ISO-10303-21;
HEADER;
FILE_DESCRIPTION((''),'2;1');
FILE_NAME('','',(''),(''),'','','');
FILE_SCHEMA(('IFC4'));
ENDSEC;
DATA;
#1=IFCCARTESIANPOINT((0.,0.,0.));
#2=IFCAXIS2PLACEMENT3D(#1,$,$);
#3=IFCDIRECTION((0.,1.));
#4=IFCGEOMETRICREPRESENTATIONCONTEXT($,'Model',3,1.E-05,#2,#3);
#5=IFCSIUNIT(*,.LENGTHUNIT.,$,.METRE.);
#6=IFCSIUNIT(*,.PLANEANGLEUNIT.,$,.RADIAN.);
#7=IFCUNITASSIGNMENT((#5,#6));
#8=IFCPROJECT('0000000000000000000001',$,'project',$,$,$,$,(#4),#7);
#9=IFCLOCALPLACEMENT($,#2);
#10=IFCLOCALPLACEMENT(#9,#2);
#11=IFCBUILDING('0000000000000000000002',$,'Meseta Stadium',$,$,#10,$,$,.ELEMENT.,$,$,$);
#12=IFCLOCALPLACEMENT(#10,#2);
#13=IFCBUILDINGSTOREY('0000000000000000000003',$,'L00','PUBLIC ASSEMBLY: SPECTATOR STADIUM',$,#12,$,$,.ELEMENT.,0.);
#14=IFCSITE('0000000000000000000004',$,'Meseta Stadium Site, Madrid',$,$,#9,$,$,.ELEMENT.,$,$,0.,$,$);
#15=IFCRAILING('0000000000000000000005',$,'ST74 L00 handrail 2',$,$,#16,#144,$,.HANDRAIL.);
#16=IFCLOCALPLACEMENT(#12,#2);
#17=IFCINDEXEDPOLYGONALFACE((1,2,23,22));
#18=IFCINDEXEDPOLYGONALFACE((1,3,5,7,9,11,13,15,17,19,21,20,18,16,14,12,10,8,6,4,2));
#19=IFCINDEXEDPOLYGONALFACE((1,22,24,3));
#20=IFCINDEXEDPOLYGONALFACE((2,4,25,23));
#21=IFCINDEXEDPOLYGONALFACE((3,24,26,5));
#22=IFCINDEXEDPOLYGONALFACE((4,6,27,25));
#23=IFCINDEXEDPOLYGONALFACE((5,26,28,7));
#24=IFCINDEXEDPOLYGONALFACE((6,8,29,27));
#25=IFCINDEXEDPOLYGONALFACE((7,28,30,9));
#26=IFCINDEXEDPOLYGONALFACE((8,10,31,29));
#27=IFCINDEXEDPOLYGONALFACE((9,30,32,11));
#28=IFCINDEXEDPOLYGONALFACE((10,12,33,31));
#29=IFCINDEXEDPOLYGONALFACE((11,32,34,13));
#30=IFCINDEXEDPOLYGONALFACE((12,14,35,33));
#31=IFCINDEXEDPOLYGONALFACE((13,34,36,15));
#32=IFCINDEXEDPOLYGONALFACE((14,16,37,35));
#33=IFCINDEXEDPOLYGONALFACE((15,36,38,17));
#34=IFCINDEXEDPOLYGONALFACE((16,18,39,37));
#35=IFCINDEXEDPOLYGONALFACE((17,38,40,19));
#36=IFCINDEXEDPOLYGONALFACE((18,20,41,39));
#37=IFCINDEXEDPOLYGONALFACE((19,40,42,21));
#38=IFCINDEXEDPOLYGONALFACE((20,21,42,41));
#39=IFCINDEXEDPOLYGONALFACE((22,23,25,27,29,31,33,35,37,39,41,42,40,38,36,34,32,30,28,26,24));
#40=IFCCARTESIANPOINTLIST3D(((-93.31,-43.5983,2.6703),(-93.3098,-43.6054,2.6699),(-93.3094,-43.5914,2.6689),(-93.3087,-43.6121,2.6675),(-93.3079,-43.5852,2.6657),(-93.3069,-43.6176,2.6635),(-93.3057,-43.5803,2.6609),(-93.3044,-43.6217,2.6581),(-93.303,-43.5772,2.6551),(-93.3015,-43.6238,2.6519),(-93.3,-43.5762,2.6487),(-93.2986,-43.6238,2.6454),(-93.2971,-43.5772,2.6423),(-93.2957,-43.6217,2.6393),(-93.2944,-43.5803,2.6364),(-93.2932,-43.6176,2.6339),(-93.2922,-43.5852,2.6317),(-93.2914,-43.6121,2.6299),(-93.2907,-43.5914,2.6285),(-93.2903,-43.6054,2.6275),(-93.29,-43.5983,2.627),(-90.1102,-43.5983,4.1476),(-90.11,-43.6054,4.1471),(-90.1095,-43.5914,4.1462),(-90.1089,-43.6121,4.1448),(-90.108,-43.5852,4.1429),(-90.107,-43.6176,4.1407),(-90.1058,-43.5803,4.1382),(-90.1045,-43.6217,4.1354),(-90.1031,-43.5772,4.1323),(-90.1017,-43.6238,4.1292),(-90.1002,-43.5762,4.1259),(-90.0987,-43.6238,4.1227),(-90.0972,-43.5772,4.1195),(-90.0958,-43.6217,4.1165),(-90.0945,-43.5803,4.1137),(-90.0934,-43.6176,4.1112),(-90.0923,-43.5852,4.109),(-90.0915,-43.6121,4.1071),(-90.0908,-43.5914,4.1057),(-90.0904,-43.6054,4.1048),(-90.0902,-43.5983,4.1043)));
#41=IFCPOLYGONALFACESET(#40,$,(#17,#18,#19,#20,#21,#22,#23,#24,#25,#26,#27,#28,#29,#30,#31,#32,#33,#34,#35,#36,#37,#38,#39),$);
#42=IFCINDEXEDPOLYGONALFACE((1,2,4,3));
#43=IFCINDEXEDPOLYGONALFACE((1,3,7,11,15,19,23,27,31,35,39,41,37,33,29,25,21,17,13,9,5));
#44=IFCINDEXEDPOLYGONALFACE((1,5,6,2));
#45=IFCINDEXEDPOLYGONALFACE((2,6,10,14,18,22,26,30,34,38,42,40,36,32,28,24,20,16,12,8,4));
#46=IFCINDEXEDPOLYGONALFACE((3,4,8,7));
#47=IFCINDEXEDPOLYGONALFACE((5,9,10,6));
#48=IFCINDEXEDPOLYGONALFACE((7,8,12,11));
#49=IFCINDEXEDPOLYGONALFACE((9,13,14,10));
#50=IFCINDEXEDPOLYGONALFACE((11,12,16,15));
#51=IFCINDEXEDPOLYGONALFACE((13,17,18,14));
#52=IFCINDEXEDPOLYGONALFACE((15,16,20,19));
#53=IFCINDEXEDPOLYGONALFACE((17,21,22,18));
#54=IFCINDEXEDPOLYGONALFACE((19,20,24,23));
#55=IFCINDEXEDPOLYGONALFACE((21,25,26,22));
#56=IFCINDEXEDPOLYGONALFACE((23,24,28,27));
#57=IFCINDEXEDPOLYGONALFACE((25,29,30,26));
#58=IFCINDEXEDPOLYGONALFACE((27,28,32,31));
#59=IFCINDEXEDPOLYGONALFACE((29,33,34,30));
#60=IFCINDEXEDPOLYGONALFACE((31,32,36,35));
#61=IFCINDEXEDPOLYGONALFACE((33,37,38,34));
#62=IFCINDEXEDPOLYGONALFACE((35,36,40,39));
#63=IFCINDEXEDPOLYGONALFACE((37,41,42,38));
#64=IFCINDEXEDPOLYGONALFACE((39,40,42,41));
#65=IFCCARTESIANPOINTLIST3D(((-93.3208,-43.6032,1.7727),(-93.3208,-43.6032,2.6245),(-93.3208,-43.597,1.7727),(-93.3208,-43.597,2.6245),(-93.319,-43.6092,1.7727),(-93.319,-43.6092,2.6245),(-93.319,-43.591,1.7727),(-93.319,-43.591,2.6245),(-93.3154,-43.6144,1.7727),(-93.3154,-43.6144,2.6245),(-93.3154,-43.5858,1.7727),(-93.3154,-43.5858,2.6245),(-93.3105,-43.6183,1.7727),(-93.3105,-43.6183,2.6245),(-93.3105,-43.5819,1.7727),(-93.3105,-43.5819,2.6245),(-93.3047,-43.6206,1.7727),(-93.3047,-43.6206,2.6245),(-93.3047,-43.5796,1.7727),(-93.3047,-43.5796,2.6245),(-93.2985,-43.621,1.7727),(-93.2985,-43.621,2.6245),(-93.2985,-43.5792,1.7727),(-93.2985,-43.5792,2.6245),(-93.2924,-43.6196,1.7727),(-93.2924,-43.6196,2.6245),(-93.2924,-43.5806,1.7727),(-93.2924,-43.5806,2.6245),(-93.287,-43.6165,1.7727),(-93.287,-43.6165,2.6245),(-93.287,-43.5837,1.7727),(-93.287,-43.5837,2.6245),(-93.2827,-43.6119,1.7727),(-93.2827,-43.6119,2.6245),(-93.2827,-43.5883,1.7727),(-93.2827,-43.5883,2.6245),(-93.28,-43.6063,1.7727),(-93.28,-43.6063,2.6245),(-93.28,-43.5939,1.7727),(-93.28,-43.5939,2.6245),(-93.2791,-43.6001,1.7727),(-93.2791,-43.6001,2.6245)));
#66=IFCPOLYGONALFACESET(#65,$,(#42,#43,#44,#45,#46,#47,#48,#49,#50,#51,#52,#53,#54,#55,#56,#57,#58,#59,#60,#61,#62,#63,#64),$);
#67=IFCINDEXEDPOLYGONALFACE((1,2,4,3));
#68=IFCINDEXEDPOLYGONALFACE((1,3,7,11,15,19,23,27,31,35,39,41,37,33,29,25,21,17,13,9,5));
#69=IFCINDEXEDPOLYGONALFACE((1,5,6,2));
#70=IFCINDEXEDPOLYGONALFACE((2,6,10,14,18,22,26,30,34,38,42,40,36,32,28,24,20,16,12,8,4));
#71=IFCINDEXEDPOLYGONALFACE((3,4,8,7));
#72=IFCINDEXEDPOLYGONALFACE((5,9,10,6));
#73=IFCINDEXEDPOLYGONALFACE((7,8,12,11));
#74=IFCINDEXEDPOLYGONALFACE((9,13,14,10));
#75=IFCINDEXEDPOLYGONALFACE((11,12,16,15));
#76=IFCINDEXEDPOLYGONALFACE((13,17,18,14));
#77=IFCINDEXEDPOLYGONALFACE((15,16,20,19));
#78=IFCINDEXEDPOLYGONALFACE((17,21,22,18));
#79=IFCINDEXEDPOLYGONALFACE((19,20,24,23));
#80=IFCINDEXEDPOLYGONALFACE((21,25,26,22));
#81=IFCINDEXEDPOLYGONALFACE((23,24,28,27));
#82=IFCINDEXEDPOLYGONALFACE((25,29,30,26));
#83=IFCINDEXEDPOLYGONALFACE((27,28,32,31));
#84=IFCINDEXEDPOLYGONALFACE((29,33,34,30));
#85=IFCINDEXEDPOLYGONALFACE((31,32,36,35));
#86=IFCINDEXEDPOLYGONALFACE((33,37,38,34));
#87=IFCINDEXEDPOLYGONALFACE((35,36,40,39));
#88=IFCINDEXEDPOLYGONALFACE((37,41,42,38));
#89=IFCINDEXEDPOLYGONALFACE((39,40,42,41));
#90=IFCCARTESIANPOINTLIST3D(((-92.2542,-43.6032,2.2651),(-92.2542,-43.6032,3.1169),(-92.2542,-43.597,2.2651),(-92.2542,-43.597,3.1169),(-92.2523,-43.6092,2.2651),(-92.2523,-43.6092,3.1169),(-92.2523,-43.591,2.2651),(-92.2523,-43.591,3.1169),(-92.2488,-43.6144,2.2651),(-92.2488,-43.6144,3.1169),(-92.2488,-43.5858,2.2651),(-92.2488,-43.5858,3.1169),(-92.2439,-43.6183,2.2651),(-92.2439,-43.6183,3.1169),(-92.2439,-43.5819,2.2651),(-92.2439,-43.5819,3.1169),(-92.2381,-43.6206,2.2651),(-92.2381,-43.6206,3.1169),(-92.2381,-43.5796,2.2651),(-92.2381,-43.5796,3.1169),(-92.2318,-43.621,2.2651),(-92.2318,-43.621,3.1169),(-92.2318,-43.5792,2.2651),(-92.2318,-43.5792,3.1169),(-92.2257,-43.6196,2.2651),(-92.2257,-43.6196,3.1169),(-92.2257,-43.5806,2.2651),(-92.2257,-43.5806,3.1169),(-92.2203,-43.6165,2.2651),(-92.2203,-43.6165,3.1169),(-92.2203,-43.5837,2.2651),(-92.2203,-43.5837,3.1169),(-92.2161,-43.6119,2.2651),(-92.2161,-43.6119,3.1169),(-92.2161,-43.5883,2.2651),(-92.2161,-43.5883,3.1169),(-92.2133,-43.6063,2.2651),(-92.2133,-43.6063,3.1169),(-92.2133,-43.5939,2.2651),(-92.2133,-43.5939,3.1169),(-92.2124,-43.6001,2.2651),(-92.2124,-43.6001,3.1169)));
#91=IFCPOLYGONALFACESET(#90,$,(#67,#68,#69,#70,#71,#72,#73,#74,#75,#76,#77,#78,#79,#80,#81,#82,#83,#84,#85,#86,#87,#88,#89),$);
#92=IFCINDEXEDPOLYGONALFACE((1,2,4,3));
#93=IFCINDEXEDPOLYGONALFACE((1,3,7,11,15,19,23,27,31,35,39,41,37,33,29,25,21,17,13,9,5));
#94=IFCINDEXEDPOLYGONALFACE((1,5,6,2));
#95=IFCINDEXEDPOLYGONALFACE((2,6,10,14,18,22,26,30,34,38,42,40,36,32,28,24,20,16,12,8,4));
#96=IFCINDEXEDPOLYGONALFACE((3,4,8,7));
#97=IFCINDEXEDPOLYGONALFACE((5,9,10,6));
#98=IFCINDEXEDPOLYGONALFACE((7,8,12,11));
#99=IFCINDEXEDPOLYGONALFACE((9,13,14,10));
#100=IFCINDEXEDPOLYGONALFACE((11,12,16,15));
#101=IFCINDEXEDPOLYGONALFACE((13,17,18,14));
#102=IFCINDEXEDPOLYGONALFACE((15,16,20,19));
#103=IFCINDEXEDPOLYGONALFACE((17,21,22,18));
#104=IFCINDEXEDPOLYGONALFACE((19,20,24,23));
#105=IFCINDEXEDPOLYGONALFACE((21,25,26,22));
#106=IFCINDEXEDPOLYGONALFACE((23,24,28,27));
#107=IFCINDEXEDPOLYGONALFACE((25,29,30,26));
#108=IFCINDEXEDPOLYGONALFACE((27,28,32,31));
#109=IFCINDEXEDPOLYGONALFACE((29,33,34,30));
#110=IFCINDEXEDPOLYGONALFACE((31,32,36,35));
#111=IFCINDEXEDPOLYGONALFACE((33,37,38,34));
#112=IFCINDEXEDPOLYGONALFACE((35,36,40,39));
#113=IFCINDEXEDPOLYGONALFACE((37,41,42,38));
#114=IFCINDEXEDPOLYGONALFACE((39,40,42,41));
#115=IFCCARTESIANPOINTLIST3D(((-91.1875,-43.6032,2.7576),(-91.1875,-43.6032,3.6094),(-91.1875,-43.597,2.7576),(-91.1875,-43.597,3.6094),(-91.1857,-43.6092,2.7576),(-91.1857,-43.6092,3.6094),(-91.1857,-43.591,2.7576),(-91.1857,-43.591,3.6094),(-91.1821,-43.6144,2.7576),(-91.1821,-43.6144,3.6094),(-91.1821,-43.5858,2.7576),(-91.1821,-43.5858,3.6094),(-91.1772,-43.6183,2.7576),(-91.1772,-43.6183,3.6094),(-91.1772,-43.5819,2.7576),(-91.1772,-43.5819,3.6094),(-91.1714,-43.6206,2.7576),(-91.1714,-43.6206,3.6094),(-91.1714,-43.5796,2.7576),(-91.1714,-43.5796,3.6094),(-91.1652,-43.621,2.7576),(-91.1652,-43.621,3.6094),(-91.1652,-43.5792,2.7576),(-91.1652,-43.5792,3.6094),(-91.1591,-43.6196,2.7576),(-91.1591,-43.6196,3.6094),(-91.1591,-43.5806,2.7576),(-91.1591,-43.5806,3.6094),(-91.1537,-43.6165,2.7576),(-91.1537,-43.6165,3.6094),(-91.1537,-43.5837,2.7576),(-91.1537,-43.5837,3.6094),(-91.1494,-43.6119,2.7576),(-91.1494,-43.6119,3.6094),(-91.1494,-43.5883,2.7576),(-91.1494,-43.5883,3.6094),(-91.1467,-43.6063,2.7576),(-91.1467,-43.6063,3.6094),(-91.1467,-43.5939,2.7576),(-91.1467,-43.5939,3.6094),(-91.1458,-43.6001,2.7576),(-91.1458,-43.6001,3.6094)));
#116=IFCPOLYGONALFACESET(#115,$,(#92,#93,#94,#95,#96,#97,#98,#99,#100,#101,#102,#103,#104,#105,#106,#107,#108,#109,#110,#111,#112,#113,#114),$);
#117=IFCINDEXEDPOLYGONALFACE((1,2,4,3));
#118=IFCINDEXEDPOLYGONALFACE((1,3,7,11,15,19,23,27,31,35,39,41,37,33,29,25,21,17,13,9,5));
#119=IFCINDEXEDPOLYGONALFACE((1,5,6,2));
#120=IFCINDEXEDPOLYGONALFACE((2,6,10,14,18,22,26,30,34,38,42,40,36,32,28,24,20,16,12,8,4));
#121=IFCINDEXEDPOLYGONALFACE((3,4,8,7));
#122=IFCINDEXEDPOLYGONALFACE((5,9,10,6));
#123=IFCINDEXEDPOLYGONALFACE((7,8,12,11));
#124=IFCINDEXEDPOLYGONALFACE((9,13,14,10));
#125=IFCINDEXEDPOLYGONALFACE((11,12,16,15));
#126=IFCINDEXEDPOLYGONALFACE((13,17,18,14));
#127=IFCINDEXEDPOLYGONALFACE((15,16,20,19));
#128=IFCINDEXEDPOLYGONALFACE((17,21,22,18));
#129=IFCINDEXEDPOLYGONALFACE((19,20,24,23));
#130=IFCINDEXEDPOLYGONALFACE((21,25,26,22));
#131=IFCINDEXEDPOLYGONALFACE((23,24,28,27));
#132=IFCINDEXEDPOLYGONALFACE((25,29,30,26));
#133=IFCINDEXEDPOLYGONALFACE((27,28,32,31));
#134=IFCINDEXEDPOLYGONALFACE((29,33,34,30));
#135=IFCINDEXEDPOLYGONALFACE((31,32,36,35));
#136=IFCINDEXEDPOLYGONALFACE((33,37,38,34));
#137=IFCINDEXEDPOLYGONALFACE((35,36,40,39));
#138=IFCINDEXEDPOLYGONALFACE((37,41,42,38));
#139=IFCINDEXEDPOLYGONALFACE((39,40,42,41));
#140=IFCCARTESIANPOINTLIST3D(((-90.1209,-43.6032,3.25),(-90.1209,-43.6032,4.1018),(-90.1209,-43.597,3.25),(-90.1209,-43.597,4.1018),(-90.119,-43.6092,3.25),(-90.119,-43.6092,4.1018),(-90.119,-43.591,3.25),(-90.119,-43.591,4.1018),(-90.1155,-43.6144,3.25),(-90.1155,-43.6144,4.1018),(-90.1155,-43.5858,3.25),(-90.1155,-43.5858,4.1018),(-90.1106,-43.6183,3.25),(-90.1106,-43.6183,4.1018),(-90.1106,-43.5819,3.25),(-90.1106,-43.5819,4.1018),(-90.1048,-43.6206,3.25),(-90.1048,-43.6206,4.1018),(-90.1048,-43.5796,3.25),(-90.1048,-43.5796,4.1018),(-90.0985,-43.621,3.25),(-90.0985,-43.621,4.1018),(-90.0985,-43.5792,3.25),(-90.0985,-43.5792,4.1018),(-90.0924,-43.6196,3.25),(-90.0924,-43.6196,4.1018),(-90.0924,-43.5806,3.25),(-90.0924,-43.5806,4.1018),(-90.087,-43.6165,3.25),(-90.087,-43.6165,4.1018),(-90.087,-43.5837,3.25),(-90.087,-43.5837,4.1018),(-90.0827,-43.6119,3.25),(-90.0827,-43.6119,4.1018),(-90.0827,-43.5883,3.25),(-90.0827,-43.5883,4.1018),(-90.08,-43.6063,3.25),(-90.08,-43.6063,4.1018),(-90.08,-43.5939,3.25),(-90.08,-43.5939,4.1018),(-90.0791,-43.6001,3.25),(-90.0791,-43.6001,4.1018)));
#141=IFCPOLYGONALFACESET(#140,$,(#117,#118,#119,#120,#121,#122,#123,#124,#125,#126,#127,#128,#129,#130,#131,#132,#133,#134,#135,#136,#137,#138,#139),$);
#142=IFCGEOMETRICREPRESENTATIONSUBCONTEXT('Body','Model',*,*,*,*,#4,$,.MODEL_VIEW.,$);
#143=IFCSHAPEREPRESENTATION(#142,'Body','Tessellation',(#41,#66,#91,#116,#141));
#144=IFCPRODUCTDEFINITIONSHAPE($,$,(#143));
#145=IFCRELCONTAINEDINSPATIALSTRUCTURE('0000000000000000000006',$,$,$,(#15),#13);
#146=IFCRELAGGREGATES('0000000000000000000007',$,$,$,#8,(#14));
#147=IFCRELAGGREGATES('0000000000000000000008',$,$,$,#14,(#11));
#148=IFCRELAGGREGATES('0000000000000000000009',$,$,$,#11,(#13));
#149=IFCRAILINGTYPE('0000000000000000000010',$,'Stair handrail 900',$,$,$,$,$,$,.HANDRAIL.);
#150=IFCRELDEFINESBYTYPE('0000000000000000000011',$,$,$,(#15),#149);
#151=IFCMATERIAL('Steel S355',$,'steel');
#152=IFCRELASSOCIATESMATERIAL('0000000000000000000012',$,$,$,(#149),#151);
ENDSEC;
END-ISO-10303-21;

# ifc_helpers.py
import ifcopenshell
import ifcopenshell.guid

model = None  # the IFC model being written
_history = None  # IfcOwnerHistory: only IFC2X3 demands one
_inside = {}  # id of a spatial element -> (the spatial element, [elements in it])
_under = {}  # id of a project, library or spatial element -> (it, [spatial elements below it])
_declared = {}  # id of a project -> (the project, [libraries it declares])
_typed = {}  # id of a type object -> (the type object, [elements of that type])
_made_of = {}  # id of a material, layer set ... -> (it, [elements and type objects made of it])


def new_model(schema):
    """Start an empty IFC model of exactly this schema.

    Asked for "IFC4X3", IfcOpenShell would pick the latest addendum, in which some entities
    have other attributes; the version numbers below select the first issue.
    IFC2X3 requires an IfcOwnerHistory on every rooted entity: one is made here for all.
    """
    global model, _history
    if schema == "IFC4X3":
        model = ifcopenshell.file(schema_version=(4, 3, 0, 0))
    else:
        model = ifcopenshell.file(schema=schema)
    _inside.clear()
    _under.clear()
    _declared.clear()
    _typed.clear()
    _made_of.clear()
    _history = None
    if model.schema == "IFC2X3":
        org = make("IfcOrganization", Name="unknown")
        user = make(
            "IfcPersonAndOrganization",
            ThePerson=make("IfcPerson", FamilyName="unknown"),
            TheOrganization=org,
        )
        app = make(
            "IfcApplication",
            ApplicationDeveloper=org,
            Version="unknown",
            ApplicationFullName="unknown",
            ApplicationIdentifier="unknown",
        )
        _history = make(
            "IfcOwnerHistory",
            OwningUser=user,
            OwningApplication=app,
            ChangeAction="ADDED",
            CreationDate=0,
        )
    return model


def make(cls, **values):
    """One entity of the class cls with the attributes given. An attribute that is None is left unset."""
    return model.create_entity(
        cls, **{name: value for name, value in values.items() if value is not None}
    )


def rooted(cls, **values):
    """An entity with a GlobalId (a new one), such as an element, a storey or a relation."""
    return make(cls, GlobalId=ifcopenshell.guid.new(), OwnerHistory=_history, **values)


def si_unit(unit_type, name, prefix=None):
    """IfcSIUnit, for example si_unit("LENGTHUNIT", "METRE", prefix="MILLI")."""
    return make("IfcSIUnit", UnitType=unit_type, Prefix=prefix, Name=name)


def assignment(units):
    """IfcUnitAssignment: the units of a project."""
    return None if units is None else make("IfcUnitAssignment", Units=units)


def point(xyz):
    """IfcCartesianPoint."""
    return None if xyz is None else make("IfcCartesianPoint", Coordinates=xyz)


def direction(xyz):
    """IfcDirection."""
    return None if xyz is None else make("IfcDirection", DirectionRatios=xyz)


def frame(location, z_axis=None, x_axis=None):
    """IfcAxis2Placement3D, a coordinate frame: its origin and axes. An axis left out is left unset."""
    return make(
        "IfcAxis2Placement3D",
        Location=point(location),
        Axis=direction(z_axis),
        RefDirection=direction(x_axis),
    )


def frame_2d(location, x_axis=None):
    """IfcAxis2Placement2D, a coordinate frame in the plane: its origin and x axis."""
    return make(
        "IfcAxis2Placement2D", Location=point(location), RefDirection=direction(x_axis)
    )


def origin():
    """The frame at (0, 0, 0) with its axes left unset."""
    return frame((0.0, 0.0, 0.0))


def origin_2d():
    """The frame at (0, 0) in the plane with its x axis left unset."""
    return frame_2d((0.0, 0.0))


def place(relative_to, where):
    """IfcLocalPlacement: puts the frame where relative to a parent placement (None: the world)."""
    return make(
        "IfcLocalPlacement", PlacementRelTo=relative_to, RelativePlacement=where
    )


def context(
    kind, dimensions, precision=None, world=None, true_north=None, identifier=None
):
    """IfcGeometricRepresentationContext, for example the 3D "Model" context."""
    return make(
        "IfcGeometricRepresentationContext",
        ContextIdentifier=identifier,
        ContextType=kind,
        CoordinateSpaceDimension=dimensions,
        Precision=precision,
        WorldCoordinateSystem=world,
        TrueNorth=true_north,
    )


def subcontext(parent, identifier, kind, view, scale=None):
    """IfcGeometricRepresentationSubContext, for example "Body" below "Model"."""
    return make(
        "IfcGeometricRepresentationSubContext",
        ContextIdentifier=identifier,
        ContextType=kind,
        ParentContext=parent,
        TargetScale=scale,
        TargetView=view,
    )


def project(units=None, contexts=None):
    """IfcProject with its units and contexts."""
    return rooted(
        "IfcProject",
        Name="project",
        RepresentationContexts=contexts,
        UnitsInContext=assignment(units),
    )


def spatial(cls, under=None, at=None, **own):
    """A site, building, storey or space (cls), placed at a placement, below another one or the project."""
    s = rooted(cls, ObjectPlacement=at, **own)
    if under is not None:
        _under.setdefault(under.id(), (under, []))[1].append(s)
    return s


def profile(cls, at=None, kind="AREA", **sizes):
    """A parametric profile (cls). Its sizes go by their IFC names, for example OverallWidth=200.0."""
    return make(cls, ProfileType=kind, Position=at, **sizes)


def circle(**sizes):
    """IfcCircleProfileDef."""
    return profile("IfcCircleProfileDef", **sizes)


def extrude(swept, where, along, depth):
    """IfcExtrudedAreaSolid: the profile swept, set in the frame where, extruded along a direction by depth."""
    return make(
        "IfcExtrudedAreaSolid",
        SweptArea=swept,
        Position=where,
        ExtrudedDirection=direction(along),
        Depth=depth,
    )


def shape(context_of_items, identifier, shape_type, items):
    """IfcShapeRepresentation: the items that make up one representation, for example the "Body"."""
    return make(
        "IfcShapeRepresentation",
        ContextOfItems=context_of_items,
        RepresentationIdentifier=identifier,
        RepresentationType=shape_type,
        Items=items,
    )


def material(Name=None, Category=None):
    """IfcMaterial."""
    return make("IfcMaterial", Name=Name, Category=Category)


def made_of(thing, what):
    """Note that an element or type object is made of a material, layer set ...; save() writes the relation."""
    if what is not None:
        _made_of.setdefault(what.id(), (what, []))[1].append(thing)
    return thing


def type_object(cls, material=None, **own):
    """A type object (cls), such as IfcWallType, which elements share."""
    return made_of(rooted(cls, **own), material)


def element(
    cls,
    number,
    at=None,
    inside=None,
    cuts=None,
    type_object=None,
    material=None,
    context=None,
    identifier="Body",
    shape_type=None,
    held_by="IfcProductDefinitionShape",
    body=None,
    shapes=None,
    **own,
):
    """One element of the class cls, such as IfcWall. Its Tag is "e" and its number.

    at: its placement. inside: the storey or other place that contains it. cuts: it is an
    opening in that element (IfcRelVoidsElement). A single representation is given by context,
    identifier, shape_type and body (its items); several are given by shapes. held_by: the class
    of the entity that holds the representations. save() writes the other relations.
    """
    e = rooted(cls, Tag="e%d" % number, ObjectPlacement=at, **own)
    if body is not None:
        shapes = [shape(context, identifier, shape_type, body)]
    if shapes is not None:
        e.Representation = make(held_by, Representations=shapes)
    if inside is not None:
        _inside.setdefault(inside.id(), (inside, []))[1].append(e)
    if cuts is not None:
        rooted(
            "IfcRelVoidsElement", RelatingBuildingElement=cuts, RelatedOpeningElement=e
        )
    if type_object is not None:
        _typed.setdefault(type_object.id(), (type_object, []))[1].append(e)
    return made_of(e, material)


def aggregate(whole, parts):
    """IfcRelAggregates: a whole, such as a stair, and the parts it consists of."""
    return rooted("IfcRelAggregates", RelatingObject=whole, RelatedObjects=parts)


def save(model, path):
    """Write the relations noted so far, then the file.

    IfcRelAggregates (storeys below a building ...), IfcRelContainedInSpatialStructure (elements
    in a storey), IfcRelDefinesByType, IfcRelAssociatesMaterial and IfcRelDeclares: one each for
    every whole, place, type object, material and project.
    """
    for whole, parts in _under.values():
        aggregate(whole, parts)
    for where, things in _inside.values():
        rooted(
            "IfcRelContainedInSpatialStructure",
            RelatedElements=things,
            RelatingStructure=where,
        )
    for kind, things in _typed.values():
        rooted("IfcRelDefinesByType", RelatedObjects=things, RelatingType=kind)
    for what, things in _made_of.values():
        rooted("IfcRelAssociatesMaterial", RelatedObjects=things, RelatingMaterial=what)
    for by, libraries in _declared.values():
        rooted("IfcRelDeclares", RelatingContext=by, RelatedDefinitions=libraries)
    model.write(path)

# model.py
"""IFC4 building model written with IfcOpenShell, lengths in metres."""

from ifc_helpers import new_model, si_unit, direction, frame, origin, origin_2d, place, context, subcontext, project, spatial, circle, extrude, material, type_object, element, save


model = new_model("IFC4")

# Units and contexts
model_context = context("Model", 3, precision=1e-05, world=origin(), true_north=direction((0.0, 1.0)))
body_context = subcontext(model_context, "Body", "Model", "MODEL_VIEW")
ifc_project = project(units=[si_unit("LENGTHUNIT", "METRE"), si_unit("PLANEANGLEUNIT", "RADIAN")], contexts=[model_context])

# Site, building, storey
site_placement = place(None, origin())
site = spatial("IfcSite", under=ifc_project, at=site_placement, Name="Meseta Stadium Site, Madrid", CompositionType="ELEMENT", RefElevation=0.0)
building_placement = place(site_placement, origin())
building = spatial("IfcBuilding", under=site, at=building_placement, Name="Meseta Stadium", CompositionType="ELEMENT")
storey_placement = place(building_placement, origin())
storey = spatial("IfcBuildingStorey", under=building, at=storey_placement, Name="L00", Description="PUBLIC ASSEMBLY: SPECTATOR STADIUM", CompositionType="ELEMENT", Elevation=0.0)

# Railing
ifc_material_1 = material(Name="Steel S355", Category="steel")
railing_type_1 = type_object("IfcRailingType", Name="Stair handrail 900", PredefinedType="HANDRAIL", material=ifc_material_1)
for number, where, name in (
    (1, (-93.3, -43.6001, 1.7727), "ST74 L00 handrail 2"),
):
    element("IfcRailing", number, at=place(storey_placement, frame(where)), inside=storey, type_object=railing_type_1, Name=name, PredefinedType="HANDRAIL", context=body_context, shape_type="SweptSolid", body=[
        extrude(circle(Radius=0.0239, at=origin_2d()), frame((0.0, 0.0, 0.876), z_axis=(0.907917, 0.0, 0.41915), x_axis=(0.0, 1.0, 0.0)), (0.0, 0.0, 1.0), 3.5244),
        extrude(circle(Radius=0.021, at=origin_2d()), origin(), (0.0, 0.0, 1.0), 0.8518),
        extrude(circle(Radius=0.021, at=origin_2d()), frame((1.0667, 0.0, 0.4924)), (0.0, 0.0, 1.0), 0.8518),
        extrude(circle(Radius=0.021, at=origin_2d()), frame((2.1333, 0.0, 0.9849)), (0.0, 0.0, 1.0), 0.8518),
        extrude(circle(Radius=0.021, at=origin_2d()), frame((3.2, 0.0, 1.4773)), (0.0, 0.0, 1.0), 0.8518),
    ])

save(model, "model.ifc")
